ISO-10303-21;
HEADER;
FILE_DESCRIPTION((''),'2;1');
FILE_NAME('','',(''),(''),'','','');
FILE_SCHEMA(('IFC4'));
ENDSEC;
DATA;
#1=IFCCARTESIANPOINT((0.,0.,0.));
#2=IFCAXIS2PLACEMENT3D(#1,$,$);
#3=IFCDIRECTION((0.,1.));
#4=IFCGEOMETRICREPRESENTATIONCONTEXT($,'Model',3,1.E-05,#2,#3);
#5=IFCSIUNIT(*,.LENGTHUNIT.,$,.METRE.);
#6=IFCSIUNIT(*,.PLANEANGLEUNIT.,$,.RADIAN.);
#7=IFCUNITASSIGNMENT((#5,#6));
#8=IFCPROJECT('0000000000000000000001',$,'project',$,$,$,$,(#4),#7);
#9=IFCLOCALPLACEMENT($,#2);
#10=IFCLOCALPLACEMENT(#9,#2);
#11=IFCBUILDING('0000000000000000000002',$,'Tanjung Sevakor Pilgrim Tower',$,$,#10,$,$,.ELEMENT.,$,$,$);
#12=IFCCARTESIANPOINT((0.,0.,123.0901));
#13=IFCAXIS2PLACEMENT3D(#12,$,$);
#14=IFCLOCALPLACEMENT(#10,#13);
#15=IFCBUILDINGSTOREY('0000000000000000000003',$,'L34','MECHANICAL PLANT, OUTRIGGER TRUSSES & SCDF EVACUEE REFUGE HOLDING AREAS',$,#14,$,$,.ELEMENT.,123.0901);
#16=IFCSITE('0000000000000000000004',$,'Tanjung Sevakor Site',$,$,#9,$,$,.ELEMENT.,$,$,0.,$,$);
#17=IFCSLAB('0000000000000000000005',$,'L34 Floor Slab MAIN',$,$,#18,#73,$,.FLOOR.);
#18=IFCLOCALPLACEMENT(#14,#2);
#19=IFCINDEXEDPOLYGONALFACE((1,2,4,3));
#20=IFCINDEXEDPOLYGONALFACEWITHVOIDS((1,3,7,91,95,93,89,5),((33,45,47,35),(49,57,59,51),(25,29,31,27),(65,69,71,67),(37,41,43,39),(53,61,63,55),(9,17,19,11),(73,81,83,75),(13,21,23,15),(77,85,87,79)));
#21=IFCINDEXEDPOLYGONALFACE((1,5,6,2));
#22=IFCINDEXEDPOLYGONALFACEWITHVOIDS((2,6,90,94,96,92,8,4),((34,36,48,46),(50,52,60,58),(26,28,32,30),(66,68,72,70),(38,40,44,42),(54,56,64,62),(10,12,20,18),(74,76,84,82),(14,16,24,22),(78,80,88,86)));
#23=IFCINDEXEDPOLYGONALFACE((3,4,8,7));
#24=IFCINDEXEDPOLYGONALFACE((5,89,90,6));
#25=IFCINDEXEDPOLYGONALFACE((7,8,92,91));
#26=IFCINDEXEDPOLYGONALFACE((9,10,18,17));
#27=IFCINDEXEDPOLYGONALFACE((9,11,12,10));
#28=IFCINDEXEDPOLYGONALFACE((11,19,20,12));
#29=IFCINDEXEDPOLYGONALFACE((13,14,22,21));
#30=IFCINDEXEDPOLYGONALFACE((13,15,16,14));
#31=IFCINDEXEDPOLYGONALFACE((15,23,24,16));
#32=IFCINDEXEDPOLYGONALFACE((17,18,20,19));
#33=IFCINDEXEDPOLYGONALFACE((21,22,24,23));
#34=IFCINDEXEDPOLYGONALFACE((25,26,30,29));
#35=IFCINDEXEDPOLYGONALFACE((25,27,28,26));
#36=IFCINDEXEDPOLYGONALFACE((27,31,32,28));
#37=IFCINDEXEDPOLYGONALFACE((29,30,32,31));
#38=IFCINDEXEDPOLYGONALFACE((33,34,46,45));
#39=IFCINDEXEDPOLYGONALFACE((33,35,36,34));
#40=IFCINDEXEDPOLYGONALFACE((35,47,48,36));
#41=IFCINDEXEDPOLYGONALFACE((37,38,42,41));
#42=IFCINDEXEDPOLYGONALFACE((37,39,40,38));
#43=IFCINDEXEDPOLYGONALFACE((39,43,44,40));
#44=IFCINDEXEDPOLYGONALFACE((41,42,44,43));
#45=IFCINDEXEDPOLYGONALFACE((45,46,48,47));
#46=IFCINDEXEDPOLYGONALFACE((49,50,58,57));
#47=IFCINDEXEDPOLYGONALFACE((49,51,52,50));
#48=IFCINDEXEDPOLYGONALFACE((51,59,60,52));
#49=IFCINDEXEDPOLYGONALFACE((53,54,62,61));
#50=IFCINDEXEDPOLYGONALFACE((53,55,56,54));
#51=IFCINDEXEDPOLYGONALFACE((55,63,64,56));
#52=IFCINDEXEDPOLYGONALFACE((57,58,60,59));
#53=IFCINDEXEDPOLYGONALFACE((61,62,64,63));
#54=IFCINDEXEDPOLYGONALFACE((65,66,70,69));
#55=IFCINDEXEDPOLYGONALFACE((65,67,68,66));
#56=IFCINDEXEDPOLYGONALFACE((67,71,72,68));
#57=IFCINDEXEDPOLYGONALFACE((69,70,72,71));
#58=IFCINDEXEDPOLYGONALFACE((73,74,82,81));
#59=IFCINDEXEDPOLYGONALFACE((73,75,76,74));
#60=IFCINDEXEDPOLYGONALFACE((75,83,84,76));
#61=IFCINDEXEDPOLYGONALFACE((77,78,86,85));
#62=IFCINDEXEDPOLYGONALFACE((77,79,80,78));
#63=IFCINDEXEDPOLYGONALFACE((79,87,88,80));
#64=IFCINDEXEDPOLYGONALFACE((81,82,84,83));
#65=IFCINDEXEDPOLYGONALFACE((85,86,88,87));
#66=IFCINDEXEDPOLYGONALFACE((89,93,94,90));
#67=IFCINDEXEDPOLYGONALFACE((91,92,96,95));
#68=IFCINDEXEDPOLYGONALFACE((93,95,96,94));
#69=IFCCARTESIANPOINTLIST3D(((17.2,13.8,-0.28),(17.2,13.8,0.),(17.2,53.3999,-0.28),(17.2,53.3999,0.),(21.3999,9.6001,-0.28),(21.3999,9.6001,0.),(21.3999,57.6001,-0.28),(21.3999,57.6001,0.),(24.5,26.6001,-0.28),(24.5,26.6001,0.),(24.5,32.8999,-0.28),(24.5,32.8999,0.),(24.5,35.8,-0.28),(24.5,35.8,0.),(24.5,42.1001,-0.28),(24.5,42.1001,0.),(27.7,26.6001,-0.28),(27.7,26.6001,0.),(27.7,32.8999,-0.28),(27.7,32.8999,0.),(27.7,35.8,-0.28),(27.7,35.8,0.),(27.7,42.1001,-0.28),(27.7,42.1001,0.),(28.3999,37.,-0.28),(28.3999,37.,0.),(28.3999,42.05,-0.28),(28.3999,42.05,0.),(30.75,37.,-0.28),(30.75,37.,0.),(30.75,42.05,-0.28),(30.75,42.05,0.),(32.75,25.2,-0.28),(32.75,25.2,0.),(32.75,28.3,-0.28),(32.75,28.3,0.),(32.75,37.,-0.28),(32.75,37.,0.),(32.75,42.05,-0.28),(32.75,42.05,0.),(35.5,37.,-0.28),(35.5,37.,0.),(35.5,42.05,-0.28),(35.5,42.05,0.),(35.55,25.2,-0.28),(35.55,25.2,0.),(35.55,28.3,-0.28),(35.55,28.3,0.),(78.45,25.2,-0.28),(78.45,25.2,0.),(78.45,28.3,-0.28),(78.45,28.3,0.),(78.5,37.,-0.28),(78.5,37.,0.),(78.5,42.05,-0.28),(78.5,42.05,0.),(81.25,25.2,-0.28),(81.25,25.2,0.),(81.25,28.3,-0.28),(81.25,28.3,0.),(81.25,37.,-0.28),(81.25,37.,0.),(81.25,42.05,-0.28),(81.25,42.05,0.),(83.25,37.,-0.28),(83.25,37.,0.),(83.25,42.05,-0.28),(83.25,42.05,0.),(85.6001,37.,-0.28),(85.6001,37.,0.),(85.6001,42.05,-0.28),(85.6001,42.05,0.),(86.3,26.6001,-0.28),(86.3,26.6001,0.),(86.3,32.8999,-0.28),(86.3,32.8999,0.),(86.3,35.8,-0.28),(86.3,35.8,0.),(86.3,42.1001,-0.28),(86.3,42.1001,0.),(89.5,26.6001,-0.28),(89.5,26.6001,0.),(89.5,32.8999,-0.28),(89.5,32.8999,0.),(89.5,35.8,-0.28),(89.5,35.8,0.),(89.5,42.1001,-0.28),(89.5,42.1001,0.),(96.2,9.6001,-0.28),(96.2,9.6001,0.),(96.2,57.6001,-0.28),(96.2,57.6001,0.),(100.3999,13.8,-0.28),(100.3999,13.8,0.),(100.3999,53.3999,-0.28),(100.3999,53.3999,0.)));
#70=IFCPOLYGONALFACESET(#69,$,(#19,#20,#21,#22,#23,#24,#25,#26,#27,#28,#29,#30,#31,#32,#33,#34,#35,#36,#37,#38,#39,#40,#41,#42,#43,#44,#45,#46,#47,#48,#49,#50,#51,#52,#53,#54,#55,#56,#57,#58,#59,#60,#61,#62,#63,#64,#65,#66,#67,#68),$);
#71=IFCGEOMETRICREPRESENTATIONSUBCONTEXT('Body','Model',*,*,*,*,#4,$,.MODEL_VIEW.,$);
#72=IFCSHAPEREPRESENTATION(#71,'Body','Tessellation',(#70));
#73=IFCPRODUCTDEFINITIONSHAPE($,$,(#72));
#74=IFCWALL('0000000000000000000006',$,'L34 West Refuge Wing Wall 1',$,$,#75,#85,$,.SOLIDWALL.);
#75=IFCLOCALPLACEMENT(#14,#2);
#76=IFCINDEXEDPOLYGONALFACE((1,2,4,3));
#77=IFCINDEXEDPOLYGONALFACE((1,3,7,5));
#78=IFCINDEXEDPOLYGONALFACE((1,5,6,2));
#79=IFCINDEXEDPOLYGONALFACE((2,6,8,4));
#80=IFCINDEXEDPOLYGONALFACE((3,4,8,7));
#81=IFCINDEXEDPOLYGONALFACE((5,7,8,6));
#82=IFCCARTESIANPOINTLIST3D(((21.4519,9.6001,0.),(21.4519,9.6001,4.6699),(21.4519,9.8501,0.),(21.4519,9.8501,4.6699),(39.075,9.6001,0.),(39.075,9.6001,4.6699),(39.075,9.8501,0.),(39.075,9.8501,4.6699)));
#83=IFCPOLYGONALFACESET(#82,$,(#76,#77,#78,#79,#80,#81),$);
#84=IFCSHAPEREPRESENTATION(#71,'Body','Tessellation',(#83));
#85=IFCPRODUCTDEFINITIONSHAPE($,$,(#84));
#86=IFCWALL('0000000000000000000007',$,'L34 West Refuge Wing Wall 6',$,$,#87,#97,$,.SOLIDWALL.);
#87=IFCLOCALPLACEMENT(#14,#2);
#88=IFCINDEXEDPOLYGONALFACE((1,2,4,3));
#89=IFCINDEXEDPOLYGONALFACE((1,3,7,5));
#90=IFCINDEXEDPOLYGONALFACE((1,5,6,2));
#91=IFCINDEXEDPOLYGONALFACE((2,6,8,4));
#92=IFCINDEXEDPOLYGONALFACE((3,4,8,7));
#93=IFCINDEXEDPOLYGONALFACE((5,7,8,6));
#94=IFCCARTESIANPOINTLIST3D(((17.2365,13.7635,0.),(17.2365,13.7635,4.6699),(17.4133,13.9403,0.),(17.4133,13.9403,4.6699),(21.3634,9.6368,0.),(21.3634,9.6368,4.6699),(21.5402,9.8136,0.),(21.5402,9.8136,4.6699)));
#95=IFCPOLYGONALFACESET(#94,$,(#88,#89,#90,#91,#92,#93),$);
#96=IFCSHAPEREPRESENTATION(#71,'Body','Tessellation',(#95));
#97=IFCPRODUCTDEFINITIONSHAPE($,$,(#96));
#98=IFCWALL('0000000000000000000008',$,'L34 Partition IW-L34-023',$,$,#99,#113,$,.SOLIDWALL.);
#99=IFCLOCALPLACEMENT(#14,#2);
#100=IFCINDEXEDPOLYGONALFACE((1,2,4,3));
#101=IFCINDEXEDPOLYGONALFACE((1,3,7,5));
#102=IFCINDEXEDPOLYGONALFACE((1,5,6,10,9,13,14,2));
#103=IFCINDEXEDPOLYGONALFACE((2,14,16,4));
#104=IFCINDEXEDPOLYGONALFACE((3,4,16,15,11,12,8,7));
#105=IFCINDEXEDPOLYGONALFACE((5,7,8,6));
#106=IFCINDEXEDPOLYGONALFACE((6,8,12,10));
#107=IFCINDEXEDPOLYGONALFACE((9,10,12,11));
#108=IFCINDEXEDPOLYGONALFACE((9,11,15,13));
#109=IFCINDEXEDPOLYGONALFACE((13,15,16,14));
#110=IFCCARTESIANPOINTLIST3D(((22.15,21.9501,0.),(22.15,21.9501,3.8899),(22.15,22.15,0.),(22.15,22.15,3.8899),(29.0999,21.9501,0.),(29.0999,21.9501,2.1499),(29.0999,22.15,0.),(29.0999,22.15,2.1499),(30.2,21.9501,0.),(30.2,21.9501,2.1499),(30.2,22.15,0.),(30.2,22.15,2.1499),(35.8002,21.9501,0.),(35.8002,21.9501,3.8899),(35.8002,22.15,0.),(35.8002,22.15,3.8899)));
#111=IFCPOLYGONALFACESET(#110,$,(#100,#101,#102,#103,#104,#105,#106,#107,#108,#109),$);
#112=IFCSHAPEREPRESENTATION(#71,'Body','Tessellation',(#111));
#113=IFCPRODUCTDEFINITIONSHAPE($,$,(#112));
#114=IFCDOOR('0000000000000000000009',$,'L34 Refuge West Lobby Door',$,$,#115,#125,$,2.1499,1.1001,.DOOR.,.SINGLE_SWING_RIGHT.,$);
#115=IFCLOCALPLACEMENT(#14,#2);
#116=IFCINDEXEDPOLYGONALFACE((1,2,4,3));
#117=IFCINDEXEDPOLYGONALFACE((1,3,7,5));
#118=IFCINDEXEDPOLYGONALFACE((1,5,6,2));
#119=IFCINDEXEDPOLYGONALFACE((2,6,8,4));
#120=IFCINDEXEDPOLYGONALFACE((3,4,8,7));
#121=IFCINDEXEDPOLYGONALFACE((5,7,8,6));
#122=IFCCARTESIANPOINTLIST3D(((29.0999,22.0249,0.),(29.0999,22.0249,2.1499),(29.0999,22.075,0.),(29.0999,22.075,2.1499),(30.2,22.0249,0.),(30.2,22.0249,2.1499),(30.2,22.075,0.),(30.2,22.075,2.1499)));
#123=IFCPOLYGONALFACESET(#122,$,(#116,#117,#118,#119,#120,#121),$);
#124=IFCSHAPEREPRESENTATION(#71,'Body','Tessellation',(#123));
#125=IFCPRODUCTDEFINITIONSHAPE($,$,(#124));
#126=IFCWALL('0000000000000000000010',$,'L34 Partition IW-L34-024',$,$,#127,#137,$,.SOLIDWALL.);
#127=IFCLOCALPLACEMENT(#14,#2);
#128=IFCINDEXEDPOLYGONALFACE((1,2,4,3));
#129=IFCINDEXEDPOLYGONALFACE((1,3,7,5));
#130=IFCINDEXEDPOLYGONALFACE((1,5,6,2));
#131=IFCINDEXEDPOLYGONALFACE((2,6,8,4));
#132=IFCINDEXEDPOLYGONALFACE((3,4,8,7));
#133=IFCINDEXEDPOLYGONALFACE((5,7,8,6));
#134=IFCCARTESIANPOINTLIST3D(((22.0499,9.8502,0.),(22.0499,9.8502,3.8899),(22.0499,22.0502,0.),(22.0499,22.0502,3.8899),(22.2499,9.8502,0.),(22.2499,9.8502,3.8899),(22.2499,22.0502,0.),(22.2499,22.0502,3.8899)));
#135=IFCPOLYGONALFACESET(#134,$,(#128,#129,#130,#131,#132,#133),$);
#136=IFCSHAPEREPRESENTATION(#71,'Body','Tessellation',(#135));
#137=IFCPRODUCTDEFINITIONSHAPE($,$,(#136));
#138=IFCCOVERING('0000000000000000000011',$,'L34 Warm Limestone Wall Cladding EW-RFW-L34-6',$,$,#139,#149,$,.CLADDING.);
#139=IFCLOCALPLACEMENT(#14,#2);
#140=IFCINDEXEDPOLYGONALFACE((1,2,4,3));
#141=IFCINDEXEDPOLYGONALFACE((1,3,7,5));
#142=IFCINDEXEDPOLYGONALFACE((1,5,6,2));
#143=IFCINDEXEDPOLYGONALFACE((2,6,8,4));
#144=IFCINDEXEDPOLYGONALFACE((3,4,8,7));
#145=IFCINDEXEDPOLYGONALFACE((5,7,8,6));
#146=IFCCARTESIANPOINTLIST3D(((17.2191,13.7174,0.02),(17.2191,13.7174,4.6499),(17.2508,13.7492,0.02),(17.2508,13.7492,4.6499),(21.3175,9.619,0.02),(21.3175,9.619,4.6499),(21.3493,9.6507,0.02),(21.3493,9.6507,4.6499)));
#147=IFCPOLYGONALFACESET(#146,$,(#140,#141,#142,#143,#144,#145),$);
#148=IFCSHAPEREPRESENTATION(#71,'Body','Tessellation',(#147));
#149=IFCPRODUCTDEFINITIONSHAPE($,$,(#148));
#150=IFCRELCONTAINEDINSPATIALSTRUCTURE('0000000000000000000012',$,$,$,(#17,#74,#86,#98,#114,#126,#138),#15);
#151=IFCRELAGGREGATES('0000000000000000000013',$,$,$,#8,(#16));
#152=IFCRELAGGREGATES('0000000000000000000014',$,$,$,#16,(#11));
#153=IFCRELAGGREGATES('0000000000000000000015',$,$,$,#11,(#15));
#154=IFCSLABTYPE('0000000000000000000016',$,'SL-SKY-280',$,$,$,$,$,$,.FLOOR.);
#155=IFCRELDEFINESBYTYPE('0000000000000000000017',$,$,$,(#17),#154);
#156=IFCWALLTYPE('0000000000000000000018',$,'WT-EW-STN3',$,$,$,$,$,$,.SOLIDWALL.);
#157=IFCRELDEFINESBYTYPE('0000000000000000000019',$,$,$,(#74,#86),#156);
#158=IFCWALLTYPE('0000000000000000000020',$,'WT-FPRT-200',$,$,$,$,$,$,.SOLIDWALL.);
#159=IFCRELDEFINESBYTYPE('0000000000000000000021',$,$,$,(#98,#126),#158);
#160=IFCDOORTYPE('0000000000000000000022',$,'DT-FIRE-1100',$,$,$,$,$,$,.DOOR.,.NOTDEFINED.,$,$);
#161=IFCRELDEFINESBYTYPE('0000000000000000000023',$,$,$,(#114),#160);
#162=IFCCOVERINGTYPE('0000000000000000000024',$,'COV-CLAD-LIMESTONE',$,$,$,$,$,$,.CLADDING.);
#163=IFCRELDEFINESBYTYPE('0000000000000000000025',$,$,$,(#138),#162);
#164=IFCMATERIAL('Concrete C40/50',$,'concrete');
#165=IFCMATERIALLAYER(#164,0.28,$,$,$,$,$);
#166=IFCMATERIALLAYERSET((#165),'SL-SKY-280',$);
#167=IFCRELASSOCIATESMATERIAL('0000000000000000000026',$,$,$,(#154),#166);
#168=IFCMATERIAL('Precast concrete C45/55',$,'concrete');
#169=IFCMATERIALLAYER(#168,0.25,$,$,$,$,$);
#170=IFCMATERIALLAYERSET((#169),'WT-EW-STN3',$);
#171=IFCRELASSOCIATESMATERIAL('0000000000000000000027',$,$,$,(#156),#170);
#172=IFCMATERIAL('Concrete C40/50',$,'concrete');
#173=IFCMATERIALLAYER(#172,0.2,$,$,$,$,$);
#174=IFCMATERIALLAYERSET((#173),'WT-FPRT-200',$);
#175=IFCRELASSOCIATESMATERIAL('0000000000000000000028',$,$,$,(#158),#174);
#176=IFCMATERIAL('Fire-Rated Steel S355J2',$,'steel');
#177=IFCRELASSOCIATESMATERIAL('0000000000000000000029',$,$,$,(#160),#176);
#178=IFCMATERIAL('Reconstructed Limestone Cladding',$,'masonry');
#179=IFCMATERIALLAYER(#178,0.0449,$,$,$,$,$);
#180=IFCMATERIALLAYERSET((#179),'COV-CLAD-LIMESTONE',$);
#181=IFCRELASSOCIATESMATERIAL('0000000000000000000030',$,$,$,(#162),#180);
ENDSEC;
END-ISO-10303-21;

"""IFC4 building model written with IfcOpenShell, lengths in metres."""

from ifc_helpers import new_model, si_unit, direction, frame, frame_2d, origin, origin_2d, place, context, subcontext, project, spatial, polyline, rectangle, outline, extrude, material, layer, layer_set, type_object, element, fill, save


model = new_model("IFC4")

# Units and contexts
model_context = context("Model", 3, precision=1e-05, world=origin(), true_north=direction((0.0, 1.0)))
body_context = subcontext(model_context, "Body", "Model", "MODEL_VIEW")
ifc_project = project(units=[si_unit("LENGTHUNIT", "METRE"), si_unit("PLANEANGLEUNIT", "RADIAN")], contexts=[model_context])

# Site, building, storey
site_placement = place(None, origin())
site = spatial("IfcSite", under=ifc_project, at=site_placement, Name="Tanjung Sevakor Site", CompositionType="ELEMENT", RefElevation=0.0)
building_placement = place(site_placement, origin())
building = spatial("IfcBuilding", under=site, at=building_placement, Name="Tanjung Sevakor Pilgrim Tower", CompositionType="ELEMENT")
storey_placement = place(building_placement, frame((0.0, 0.0, 123.0901)))
storey = spatial("IfcBuildingStorey", under=building, at=storey_placement, Name="L34", Description="MECHANICAL PLANT, OUTRIGGER TRUSSES & SCDF EVACUEE REFUGE HOLDING AREAS", CompositionType="ELEMENT", Elevation=123.0901)

# Slab
ifc_material_1 = material(Name="Concrete C40/50", Category="concrete")
ifc_layer_1 = layer(ifc_material_1, 0.28)
ifc_layer_set_1 = layer_set([ifc_layer_1], Name="SL-SKY-280")
slab_type_1 = type_object("IfcSlabType", Name="SL-SKY-280", PredefinedType="FLOOR", material=ifc_layer_set_1)
slab_1_placement = place(storey_placement, frame((0.0, 0.0, -0.28)))
element("IfcSlab", 1, at=slab_1_placement, inside=storey, type_object=slab_type_1, Name="L34 Floor Slab MAIN", PredefinedType="FLOOR", context=body_context, shape_type="SweptSolid", body=[
    extrude(outline(polyline([(21.3999, 9.6001), (96.2, 9.6001), (100.3999, 13.8), (100.3999, 53.3999), (96.2, 57.6001), (21.3999, 57.6001), (17.2, 53.3999), (17.2, 13.8), (21.3999, 9.6001)]), holes=[polyline([(27.7, 26.6001), (27.7, 32.8999), (24.5, 32.8999), (24.5, 26.6001), (27.7, 26.6001)]), polyline([(27.7, 35.8), (27.7, 42.1001), (24.5, 42.1001), (24.5, 35.8), (27.7, 35.8)]), polyline([(89.5, 26.6001), (89.5, 32.8999), (86.3, 32.8999), (86.3, 26.6001), (89.5, 26.6001)]), polyline([(89.5, 35.8), (89.5, 42.1001), (86.3, 42.1001), (86.3, 35.8), (89.5, 35.8)]), polyline([(32.75, 25.2), (35.55, 25.2), (35.55, 28.3), (32.75, 28.3), (32.75, 25.2)]), polyline([(28.3999, 37.0), (30.75, 37.0), (30.75, 42.05), (28.3999, 42.05), (28.3999, 37.0)]), polyline([(32.75, 37.0), (35.5, 37.0), (35.5, 42.05), (32.75, 42.05), (32.75, 37.0)]), polyline([(78.45, 25.2), (81.25, 25.2), (81.25, 28.3), (78.45, 28.3), (78.45, 25.2)]), polyline([(83.25, 37.0), (85.6001, 37.0), (85.6001, 42.05), (83.25, 42.05), (83.25, 37.0)]), polyline([(78.5, 37.0), (81.25, 37.0), (81.25, 42.05), (78.5, 42.05), (78.5, 37.0)])]), origin(), (0.0, 0.0, 1.0), 0.28),
])

# Walls
ifc_material_2 = material(Name="Precast concrete C45/55", Category="concrete")
ifc_layer_2 = layer(ifc_material_2, 0.25)
ifc_layer_set_2 = layer_set([ifc_layer_2], Name="WT-EW-STN3")
wall_type_1 = type_object("IfcWallType", Name="WT-EW-STN3", PredefinedType="SOLIDWALL", material=ifc_layer_set_2)
wall_1_placement = place(storey_placement, frame((21.4519, 9.7251, 0.0), z_axis=(0.0, 0.0, 1.0), x_axis=(1.0, 0.0, 0.0)))
element("IfcWall", 2, at=wall_1_placement, inside=storey, type_object=wall_type_1, Name="L34 West Refuge Wing Wall 1", PredefinedType="SOLIDWALL", context=body_context, shape_type="SweptSolid", body=[
    extrude(rectangle(XDim=17.623, YDim=0.25, at=frame_2d((8.8115, 0.0))), origin(), (0.0, 0.0, 1.0), 4.6699),
])
wall_2_placement = place(storey_placement, frame((17.325, 13.8518, 0.0), z_axis=(0.0, 0.0, 1.0), x_axis=(0.707128, -0.707086, 0.0)))
element("IfcWall", 3, at=wall_2_placement, inside=storey, type_object=wall_type_1, Name="L34 West Refuge Wing Wall 6", PredefinedType="SOLIDWALL", context=body_context, shape_type="SweptSolid", body=[
    extrude(rectangle(XDim=5.8362, YDim=0.25, at=frame_2d((2.918, 0.0))), origin(), (0.0, 0.0, 1.0), 4.6699),
])

# Wall, opening, door
ifc_material_3 = material(Name="Concrete C40/50", Category="concrete")
ifc_layer_3 = layer(ifc_material_3, 0.2)
ifc_layer_set_3 = layer_set([ifc_layer_3], Name="WT-FPRT-200")
wall_type_2 = type_object("IfcWallType", Name="WT-FPRT-200", PredefinedType="SOLIDWALL", material=ifc_layer_set_3)
wall_3_placement = place(storey_placement, frame((22.1499, 22.05, 0.0), z_axis=(0.0, 0.0, 1.0), x_axis=(1.0, 0.0, 0.0)))
wall_3 = element("IfcWall", 4, at=wall_3_placement, inside=storey, type_object=wall_type_2, Name="L34 Partition IW-L34-023", PredefinedType="SOLIDWALL", context=body_context, shape_type="SweptSolid", body=[
    extrude(rectangle(XDim=13.6501, YDim=0.2, at=frame_2d((6.8252, 0.0))), origin(), (0.0, 0.0, 1.0), 3.8899),
])
opening_placement = place(wall_3_placement, frame((6.95, 0.0, 0.0)))
opening = element("IfcOpeningElement", 5, at=opening_placement, cuts=wall_3, PredefinedType="OPENING", context=body_context, shape_type="SweptSolid", body=[
    extrude(rectangle(XDim=1.1001, YDim=2.1499, at=frame_2d((0.55, 1.075))), frame((0.0, 0.1099, 0.0), z_axis=(0.0, -1.0, 0.0), x_axis=(1.0, 0.0, 0.0)), (0.0, 0.0, 1.0), 0.22),
])
ifc_material_4 = material(Name="Fire-Rated Steel S355J2", Category="steel")
door_type = type_object("IfcDoorType", Name="DT-FIRE-1100", OperationType="NOTDEFINED", PredefinedType="DOOR", material=ifc_material_4)
door_placement = place(opening_placement, origin())
door = element("IfcDoor", 6, at=door_placement, inside=storey, type_object=door_type, Name="L34 Refuge West Lobby Door", OperationType="SINGLE_SWING_RIGHT", OverallHeight=2.1499, OverallWidth=1.1001, PredefinedType="DOOR", context=body_context, shape_type="SweptSolid", body=[
    extrude(rectangle(XDim=1.1001, YDim=2.1499, at=frame_2d((0.55, 1.075))), frame((0.0, 0.0249, 0.0), z_axis=(0.0, -1.0, 0.0), x_axis=(1.0, 0.0, 0.0)), (0.0, 0.0, 1.0), 0.05),
])
fill(opening, door)

# Wall
wall_4_placement = place(storey_placement, frame((22.1499, 9.8501, 0.0), z_axis=(0.0, 0.0, 1.0), x_axis=(0.0, 1.0, 0.0)))
element("IfcWall", 7, at=wall_4_placement, inside=storey, type_object=wall_type_2, Name="L34 Partition IW-L34-024", PredefinedType="SOLIDWALL", context=body_context, shape_type="SweptSolid", body=[
    extrude(rectangle(XDim=12.2, YDim=0.2, at=frame_2d((6.1001, 0.0))), origin(), (0.0, 0.0, 1.0), 3.8899),
])

# Covering
ifc_material_5 = material(Name="Reconstructed Limestone Cladding", Category="masonry")
ifc_layer_4 = layer(ifc_material_5, 0.0449)
ifc_layer_set_4 = layer_set([ifc_layer_4], Name="COV-CLAD-LIMESTONE")
covering_type = type_object("IfcCoveringType", Name="COV-CLAD-LIMESTONE", PredefinedType="CLADDING", material=ifc_layer_set_4)
covering_placement = place(storey_placement, frame((19.2842, 11.6841, 0.02), z_axis=(0.0, 0.0, 1.0), x_axis=(0.707107, -0.707107, 0.0)))
element("IfcCovering", 8, at=covering_placement, inside=storey, type_object=covering_type, Name="L34 Warm Limestone Wall Cladding EW-RFW-L34-6", PredefinedType="CLADDING", context=body_context, shape_type="SweptSolid", body=[
    extrude(rectangle(XDim=5.7961, YDim=0.0449, at=origin_2d()), origin(), (0.0, 0.0, 1.0), 4.6299),
])

save(model, "model.ifc")
